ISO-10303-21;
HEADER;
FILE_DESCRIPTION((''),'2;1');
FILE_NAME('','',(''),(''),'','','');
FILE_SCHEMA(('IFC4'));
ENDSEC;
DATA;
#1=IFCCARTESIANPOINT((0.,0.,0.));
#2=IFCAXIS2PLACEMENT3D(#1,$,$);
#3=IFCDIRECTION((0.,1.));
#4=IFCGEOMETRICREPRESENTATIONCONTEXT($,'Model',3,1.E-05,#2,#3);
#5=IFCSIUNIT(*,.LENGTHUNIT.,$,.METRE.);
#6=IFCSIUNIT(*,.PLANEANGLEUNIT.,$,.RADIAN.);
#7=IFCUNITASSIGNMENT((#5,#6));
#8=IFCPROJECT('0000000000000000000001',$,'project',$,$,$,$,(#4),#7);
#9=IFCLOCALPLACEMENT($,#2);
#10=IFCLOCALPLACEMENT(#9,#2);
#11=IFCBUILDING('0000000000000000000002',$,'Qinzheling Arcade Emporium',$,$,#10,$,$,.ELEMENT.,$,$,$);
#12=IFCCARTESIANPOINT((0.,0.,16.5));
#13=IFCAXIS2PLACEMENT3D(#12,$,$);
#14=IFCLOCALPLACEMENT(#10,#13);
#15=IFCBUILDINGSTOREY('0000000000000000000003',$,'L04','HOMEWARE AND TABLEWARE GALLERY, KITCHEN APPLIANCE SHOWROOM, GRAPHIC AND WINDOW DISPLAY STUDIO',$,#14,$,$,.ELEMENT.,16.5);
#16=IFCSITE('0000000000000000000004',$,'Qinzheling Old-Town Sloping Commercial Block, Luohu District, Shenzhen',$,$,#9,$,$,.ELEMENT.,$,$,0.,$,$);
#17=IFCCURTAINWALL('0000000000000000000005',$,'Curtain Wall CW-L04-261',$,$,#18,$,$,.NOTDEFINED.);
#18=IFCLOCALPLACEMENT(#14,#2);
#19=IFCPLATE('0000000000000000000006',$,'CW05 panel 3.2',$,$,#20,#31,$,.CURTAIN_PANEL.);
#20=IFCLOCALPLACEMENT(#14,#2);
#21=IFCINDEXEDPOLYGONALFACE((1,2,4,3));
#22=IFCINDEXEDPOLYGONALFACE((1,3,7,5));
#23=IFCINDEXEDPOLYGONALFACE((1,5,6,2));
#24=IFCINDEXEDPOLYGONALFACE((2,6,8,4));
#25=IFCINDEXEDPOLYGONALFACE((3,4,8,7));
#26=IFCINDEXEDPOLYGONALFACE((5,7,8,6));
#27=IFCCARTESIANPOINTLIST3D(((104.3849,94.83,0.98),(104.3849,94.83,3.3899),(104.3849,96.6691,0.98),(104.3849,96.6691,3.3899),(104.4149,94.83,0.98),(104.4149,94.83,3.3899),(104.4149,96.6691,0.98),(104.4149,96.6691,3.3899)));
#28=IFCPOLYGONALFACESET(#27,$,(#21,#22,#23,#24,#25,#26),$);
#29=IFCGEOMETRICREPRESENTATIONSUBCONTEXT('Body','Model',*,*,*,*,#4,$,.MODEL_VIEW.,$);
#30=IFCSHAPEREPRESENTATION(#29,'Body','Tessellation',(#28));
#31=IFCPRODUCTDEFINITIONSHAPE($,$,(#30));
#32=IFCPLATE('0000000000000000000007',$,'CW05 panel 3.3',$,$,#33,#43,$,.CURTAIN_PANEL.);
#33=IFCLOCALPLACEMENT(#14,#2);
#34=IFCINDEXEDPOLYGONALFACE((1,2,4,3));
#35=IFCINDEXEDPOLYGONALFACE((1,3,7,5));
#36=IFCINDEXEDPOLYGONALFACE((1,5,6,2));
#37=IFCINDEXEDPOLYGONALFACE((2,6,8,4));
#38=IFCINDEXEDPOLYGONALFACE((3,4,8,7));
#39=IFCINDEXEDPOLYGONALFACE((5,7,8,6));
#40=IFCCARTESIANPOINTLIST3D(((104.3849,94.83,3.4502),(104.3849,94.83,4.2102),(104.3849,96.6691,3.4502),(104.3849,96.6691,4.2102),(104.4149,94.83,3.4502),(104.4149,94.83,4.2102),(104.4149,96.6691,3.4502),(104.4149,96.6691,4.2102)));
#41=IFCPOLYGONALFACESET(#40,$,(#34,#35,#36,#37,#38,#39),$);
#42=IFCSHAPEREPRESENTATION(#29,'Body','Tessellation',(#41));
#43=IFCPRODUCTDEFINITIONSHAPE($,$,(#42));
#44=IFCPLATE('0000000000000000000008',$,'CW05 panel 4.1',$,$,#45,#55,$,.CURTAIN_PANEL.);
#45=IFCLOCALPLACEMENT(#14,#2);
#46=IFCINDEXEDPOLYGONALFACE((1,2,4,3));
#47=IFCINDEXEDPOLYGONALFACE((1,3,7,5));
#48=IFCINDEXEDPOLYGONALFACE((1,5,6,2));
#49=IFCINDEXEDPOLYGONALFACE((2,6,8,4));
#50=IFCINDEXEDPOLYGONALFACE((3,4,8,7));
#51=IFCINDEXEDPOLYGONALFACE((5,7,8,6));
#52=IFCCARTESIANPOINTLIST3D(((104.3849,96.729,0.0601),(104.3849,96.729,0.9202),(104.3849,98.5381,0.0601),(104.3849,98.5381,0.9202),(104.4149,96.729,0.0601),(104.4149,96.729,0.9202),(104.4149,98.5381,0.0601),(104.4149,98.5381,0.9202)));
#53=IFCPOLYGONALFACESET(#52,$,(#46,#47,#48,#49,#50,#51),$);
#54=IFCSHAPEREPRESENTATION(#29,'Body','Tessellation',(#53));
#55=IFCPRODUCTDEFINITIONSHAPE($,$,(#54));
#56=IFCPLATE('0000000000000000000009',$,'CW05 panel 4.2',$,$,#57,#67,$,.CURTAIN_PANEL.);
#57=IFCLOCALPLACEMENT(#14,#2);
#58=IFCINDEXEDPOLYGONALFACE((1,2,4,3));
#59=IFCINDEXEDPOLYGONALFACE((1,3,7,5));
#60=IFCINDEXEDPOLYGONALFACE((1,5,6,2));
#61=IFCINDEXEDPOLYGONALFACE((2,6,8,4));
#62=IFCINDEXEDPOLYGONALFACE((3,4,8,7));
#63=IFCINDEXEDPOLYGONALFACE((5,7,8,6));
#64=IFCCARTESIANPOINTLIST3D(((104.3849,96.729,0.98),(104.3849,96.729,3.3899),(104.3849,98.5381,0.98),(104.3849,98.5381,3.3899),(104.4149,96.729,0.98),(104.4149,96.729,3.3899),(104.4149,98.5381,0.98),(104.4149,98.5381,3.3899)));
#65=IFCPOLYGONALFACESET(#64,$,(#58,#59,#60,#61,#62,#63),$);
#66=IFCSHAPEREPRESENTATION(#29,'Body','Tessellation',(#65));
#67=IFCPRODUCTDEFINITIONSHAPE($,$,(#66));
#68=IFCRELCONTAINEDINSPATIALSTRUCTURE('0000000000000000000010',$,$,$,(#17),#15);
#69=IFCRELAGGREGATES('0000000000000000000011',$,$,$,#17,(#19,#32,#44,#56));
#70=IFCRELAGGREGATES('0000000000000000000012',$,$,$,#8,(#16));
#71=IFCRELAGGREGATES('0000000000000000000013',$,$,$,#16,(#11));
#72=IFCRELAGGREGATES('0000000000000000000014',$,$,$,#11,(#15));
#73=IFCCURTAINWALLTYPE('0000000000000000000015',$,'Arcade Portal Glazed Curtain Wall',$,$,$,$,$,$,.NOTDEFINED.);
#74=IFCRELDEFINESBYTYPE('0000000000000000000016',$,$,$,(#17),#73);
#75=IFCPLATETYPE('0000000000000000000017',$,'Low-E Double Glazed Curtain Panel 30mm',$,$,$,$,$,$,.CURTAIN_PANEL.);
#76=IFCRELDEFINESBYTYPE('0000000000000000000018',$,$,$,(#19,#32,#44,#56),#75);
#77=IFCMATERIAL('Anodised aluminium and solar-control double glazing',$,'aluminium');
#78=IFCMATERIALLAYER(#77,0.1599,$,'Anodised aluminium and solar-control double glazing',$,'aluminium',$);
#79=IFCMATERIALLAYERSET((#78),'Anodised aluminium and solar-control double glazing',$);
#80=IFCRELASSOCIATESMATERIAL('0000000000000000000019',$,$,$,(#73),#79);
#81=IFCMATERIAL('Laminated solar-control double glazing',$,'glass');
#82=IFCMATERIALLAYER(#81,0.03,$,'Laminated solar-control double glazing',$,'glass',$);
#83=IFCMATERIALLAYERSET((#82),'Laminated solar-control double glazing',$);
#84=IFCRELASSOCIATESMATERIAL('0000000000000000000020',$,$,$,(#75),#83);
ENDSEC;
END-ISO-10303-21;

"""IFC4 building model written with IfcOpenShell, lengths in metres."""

from ifc_helpers import new_model, si_unit, direction, frame, origin, origin_2d, place, context, subcontext, project, spatial, rectangle, extrude, material, layer, layer_set, type_object, element, aggregate, save


model = new_model("IFC4")

# Units and contexts
model_context = context("Model", 3, precision=1e-05, world=origin(), true_north=direction((0.0, 1.0)))
body_context = subcontext(model_context, "Body", "Model", "MODEL_VIEW")
ifc_project = project(units=[si_unit("LENGTHUNIT", "METRE"), si_unit("PLANEANGLEUNIT", "RADIAN")], contexts=[model_context])

# Site, building, storey
site_placement = place(None, origin())
site = spatial("IfcSite", under=ifc_project, at=site_placement, Name="Qinzheling Old-Town Sloping Commercial Block, Luohu District, Shenzhen", CompositionType="ELEMENT", RefElevation=0.0)
building_placement = place(site_placement, origin())
building = spatial("IfcBuilding", under=site, at=building_placement, Name="Qinzheling Arcade Emporium", CompositionType="ELEMENT")
storey_placement = place(building_placement, frame((0.0, 0.0, 16.5)))
storey = spatial("IfcBuildingStorey", under=building, at=storey_placement, Name="L04", Description="HOMEWARE AND TABLEWARE GALLERY, KITCHEN APPLIANCE SHOWROOM, GRAPHIC AND WINDOW DISPLAY STUDIO", CompositionType="ELEMENT", Elevation=16.5)

# Curtain wall, plates
ifc_material_1 = material(Name="Anodised aluminium and solar-control double glazing", Category="aluminium")
ifc_layer_1 = layer(ifc_material_1, 0.1599, Name="Anodised aluminium and solar-control double glazing", Category="aluminium")
ifc_layer_set_1 = layer_set([ifc_layer_1], Name="Anodised aluminium and solar-control double glazing")
curtain_wall_type = type_object("IfcCurtainWallType", Name="Arcade Portal Glazed Curtain Wall", PredefinedType="NOTDEFINED", material=ifc_layer_set_1)
curtain_wall_placement = place(storey_placement, origin())
curtain_wall = element("IfcCurtainWall", 1, at=curtain_wall_placement, inside=storey, type_object=curtain_wall_type, Name="Curtain Wall CW-L04-261", PredefinedType="NOTDEFINED")
ifc_material_2 = material(Name="Laminated solar-control double glazing", Category="glass")
ifc_layer_2 = layer(ifc_material_2, 0.03, Name="Laminated solar-control double glazing", Category="glass")
ifc_layer_set_2 = layer_set([ifc_layer_2], Name="Laminated solar-control double glazing")
plate_type = type_object("IfcPlateType", Name="Low-E Double Glazed Curtain Panel 30mm", PredefinedType="CURTAIN_PANEL", material=ifc_layer_set_2)
plate_1_placement = place(storey_placement, frame((104.3999, 95.7495, 0.98), z_axis=(0.0, 0.0, 1.0), x_axis=(0.0, 1.0, 0.0)))
plate_1 = element("IfcPlate", 2, at=plate_1_placement, type_object=plate_type, Name="CW05 panel 3.2", PredefinedType="CURTAIN_PANEL", context=body_context, shape_type="SweptSolid", body=[
    extrude(rectangle(XDim=1.8391, YDim=0.03, at=origin_2d()), origin(), (0.0, 0.0, 1.0), 2.4099),
])
plate_2_placement = place(storey_placement, frame((104.3999, 95.7495, 3.4502), z_axis=(0.0, 0.0, 1.0), x_axis=(0.0, 1.0, 0.0)))
plate_2 = element("IfcPlate", 3, at=plate_2_placement, type_object=plate_type, Name="CW05 panel 3.3", PredefinedType="CURTAIN_PANEL", context=body_context, shape_type="SweptSolid", body=[
    extrude(rectangle(XDim=1.8391, YDim=0.03, at=origin_2d()), origin(), (0.0, 0.0, 1.0), 0.76),
])
plate_3_placement = place(storey_placement, frame((104.3999, 97.6335, 0.0601), z_axis=(0.0, 0.0, 1.0), x_axis=(0.0, 1.0, 0.0)))
plate_3 = element("IfcPlate", 4, at=plate_3_placement, type_object=plate_type, Name="CW05 panel 4.1", PredefinedType="CURTAIN_PANEL", context=body_context, shape_type="SweptSolid", body=[
    extrude(rectangle(XDim=1.8091, YDim=0.03, at=origin_2d()), origin(), (0.0, 0.0, 1.0), 0.8601),
])
plate_4_placement = place(storey_placement, frame((104.3999, 97.6335, 0.98), z_axis=(0.0, 0.0, 1.0), x_axis=(0.0, 1.0, 0.0)))
plate_4 = element("IfcPlate", 5, at=plate_4_placement, type_object=plate_type, Name="CW05 panel 4.2", PredefinedType="CURTAIN_PANEL", context=body_context, shape_type="SweptSolid", body=[
    extrude(rectangle(XDim=1.8091, YDim=0.03, at=origin_2d()), origin(), (0.0, 0.0, 1.0), 2.4099),
])
aggregate(curtain_wall, [plate_1, plate_2, plate_3, plate_4])

save(model, "model.ifc")
